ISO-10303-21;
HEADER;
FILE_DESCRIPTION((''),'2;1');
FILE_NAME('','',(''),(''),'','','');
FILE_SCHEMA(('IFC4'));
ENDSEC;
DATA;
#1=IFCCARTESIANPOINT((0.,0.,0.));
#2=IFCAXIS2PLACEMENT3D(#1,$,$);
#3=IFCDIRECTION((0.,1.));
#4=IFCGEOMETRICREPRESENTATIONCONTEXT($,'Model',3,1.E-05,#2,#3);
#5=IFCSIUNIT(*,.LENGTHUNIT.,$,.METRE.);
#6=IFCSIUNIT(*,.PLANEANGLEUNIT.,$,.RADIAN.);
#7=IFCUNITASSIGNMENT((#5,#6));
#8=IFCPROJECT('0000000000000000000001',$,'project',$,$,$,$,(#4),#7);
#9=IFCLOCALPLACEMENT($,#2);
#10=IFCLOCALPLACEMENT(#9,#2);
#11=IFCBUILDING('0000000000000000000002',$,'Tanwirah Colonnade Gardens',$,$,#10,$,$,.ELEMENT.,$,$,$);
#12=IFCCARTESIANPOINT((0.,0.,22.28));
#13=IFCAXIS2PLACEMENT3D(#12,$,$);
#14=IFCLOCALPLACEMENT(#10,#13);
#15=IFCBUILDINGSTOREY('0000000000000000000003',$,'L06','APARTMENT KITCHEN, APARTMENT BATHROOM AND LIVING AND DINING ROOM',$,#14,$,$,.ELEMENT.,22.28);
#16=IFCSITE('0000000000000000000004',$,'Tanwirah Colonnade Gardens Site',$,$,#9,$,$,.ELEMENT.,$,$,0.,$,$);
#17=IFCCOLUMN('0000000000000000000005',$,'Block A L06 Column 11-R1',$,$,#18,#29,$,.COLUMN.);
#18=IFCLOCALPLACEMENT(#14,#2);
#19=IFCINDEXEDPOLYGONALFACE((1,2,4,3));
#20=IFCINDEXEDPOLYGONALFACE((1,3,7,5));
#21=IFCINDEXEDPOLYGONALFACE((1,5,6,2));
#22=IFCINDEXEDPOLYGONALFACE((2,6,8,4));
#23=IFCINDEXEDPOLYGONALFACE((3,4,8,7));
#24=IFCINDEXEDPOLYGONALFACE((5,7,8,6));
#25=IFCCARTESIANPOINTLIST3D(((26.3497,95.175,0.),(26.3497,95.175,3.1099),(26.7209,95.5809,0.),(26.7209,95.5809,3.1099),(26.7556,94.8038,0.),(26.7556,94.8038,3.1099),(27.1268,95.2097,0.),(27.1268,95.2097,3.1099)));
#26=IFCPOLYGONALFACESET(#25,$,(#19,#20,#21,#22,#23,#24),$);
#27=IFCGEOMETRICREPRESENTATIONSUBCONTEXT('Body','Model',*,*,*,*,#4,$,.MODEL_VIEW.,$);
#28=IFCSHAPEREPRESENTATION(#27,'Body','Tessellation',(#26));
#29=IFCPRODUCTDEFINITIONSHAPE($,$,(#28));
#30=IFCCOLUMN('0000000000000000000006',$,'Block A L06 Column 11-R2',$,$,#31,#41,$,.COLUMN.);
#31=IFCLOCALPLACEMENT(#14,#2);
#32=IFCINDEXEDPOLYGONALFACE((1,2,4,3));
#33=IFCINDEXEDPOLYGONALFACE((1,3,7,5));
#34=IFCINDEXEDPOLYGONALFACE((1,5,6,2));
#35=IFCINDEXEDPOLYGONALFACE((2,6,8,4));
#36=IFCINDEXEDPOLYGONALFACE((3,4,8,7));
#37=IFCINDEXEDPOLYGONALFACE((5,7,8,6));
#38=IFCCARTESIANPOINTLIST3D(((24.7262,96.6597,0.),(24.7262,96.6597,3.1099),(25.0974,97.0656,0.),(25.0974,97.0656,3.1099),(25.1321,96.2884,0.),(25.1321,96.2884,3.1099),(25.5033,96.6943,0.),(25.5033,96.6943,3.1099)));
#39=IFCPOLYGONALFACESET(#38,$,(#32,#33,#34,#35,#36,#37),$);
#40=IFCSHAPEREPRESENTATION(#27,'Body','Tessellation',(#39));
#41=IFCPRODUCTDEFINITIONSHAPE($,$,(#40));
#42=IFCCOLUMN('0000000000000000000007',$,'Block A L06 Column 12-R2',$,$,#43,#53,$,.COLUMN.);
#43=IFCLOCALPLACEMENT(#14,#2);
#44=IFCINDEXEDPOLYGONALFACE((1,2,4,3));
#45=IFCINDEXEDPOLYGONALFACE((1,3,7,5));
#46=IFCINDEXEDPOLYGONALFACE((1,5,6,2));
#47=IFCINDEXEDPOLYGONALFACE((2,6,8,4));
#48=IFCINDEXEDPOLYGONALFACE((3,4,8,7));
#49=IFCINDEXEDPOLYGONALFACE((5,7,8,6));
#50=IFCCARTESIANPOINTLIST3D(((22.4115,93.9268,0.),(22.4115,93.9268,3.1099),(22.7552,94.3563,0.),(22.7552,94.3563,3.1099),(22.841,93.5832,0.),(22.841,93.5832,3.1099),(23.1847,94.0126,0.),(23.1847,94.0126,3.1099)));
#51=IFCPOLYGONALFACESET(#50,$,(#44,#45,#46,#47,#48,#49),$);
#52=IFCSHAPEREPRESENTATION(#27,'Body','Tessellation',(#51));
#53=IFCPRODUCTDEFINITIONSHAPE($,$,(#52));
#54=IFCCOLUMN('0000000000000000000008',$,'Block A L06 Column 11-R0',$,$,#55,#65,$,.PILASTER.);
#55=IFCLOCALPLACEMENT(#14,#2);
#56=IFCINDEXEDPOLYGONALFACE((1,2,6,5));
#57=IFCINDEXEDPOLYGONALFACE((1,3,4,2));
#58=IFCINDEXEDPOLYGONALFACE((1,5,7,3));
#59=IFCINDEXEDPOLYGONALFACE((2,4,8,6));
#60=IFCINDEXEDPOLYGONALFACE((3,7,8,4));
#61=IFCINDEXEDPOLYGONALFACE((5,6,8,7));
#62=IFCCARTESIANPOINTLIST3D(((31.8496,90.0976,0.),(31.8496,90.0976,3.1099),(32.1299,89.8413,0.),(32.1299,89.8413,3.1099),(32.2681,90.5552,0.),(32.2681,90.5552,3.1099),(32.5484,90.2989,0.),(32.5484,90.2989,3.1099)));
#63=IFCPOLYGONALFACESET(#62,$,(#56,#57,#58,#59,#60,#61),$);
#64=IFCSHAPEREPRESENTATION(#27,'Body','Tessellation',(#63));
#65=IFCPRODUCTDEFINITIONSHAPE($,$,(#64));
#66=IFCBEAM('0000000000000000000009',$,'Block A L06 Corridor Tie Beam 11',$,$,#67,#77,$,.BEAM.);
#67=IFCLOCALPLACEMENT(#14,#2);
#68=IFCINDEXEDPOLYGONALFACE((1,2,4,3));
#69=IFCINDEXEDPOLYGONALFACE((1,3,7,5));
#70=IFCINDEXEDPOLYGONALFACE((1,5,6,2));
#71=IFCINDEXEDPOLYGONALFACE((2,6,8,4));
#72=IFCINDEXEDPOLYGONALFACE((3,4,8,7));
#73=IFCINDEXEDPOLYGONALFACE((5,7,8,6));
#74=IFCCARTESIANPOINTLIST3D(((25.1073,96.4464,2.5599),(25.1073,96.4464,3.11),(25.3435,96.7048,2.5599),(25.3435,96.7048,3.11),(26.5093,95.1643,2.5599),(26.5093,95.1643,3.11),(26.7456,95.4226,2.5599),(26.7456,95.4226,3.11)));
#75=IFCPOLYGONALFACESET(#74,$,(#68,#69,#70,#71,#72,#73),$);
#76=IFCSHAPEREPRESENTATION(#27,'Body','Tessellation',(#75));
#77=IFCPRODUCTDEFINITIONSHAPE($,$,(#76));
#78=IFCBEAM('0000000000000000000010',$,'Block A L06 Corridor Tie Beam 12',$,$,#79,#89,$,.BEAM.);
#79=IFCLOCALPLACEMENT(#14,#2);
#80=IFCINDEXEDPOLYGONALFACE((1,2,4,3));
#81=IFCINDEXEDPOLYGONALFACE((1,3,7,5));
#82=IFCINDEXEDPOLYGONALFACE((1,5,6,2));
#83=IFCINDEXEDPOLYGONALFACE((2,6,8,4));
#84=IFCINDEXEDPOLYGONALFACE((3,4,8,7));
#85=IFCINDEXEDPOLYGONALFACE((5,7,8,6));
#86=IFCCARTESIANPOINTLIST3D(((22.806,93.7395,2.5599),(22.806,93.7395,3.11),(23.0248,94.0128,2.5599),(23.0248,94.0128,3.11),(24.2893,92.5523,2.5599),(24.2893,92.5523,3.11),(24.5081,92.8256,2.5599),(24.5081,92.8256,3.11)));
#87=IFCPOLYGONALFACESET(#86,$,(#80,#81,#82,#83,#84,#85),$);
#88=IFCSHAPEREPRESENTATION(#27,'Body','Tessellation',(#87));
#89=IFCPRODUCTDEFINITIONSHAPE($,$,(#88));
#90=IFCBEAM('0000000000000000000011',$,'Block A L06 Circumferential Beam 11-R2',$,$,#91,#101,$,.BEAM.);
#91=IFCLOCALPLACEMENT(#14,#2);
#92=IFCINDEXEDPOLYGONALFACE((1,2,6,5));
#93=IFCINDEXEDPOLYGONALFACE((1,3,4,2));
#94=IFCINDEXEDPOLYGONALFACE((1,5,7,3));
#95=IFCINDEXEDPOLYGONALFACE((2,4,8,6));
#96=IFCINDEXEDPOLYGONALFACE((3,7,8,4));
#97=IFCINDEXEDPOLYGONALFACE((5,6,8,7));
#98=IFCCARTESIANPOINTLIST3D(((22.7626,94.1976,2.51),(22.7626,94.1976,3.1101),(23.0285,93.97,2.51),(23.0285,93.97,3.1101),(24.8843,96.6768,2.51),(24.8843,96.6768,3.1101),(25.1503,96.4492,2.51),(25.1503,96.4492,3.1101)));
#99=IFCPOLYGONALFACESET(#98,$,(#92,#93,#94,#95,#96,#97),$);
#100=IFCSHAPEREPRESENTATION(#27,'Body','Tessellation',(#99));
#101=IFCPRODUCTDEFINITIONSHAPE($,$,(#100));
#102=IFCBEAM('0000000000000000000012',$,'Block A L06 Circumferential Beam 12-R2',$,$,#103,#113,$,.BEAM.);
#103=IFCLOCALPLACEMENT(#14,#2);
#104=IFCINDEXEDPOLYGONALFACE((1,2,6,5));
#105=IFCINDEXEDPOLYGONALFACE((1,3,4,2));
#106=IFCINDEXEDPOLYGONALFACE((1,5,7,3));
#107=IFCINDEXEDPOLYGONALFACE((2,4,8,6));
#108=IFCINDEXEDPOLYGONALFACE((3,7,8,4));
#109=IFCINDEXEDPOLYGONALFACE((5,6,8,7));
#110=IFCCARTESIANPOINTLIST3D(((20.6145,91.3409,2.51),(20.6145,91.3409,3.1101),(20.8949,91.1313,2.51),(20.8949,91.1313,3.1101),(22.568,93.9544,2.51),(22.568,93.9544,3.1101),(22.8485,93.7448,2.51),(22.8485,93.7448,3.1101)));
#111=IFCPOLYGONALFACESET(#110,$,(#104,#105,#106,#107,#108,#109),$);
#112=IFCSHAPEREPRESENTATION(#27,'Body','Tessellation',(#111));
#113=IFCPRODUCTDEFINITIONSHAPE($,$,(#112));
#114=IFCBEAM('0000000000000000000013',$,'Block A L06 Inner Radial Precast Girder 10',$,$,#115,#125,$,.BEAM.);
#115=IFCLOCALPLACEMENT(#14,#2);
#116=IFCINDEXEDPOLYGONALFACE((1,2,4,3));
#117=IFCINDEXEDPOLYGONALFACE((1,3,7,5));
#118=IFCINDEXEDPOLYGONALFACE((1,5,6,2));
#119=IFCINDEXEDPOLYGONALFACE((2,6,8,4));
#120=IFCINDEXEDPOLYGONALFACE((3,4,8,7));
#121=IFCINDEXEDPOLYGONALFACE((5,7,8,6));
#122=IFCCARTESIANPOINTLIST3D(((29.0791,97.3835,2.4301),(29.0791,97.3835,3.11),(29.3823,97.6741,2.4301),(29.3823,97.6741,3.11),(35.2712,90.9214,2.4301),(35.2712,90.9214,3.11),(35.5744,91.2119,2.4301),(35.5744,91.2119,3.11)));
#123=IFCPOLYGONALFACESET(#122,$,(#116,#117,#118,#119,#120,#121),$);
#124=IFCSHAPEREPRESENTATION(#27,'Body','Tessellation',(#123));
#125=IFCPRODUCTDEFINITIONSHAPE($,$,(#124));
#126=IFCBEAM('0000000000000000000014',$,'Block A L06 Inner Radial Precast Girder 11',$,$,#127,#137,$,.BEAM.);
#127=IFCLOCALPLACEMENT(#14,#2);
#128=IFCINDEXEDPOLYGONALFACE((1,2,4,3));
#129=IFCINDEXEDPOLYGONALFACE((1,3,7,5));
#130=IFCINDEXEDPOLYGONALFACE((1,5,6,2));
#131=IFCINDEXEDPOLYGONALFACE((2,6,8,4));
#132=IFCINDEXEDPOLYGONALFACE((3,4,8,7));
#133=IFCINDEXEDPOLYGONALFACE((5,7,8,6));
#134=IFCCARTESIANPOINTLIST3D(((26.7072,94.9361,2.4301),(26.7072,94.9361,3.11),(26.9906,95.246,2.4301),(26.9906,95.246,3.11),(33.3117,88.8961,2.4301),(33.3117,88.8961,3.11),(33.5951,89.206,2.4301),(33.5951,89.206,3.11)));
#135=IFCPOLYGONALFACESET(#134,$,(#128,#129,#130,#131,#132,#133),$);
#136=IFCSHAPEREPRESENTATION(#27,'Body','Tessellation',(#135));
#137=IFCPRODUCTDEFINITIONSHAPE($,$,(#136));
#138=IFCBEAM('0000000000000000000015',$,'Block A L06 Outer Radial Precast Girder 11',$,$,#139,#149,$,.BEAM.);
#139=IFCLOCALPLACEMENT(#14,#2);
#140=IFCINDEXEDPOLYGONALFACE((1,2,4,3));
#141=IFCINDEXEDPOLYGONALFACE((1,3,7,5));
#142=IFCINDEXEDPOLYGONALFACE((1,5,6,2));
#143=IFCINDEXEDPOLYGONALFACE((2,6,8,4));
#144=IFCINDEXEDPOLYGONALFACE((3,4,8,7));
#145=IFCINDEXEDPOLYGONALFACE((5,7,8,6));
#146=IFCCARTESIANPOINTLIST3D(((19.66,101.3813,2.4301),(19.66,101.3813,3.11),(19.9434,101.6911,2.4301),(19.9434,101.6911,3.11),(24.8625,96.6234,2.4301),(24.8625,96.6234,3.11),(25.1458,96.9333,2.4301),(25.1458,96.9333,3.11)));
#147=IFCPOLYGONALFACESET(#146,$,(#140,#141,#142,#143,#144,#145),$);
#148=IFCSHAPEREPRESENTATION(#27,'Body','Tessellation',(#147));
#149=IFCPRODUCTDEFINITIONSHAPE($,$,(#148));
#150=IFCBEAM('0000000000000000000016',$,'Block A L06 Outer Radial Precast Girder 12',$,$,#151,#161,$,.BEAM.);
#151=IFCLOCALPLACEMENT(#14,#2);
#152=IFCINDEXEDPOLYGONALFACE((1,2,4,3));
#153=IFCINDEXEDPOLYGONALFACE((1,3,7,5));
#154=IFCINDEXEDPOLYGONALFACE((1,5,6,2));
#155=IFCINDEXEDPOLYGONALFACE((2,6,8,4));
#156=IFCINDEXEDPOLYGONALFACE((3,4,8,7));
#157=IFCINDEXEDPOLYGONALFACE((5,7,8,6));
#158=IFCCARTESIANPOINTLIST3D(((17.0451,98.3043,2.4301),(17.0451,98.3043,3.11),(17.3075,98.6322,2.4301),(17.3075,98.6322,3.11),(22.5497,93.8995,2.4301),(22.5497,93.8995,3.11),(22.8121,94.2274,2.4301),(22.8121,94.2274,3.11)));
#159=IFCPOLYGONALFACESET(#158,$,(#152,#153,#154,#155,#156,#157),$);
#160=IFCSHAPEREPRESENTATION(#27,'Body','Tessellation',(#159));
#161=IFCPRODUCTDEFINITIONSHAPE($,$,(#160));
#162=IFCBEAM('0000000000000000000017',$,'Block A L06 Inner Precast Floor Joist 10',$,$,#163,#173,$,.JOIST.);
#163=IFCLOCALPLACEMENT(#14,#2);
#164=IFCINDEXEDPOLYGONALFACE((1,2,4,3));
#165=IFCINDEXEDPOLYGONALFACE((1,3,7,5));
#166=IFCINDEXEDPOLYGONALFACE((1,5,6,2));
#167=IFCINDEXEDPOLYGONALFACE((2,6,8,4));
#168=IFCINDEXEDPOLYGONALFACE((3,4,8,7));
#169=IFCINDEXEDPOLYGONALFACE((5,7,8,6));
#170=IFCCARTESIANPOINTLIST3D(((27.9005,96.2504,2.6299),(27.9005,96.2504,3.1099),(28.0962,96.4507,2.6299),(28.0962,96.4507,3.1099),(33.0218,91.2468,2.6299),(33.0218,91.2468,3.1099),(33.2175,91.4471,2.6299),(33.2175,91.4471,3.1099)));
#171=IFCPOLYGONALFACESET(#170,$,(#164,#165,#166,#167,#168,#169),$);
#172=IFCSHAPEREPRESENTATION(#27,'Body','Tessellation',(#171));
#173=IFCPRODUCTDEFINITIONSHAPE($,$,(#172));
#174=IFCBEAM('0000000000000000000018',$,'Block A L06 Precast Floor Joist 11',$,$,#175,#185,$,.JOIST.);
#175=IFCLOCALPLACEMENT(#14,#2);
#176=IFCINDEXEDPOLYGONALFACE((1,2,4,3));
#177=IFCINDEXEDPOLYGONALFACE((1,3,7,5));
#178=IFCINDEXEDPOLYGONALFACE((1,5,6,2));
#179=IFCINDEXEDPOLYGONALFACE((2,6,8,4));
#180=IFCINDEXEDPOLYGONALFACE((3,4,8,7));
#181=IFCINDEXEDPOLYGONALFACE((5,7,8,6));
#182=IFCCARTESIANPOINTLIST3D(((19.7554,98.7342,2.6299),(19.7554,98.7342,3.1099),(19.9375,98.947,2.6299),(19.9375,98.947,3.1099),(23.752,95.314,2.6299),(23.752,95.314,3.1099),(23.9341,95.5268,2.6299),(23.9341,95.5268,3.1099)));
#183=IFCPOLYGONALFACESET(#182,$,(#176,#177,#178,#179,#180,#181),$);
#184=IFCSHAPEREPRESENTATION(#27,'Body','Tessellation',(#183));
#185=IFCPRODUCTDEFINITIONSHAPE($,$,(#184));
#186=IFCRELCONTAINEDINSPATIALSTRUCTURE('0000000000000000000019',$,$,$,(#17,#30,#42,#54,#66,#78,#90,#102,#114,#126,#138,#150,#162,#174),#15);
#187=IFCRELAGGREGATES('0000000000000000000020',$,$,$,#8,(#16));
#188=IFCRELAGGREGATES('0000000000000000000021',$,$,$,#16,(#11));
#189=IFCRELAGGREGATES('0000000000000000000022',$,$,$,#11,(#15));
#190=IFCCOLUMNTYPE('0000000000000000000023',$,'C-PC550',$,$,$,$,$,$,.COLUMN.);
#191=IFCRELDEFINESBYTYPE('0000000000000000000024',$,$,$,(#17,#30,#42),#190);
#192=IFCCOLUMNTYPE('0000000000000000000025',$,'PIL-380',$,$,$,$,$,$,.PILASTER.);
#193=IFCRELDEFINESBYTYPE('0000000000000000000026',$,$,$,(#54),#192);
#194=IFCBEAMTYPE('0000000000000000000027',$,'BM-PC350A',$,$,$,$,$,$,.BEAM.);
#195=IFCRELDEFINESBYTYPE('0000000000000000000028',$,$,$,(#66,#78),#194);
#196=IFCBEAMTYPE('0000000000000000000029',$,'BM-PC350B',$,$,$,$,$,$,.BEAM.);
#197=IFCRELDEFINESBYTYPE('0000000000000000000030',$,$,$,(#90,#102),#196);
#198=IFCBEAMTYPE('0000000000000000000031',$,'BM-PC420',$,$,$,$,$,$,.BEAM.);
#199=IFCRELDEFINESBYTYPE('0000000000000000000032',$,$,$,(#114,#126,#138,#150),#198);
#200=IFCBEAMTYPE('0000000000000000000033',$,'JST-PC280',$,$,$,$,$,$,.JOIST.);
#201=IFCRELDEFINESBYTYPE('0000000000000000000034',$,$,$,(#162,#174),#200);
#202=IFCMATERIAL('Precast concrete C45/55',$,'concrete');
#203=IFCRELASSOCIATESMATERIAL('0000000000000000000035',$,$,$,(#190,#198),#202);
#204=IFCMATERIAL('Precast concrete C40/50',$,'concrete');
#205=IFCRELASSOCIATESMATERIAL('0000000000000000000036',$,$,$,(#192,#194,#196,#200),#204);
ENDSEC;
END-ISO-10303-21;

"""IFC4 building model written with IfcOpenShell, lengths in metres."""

from ifc_helpers import new_model, si_unit, direction, frame, origin, origin_2d, place, context, subcontext, project, spatial, rectangle, extrude, material, material_profile, profile_set, type_object, element, save


model = new_model("IFC4")

# Units and contexts
model_context = context("Model", 3, precision=1e-05, world=origin(), true_north=direction((0.0, 1.0)))
body_context = subcontext(model_context, "Body", "Model", "MODEL_VIEW")
ifc_project = project(units=[si_unit("LENGTHUNIT", "METRE"), si_unit("PLANEANGLEUNIT", "RADIAN")], contexts=[model_context])

# Site, building, storey
site_placement = place(None, origin())
site = spatial("IfcSite", under=ifc_project, at=site_placement, Name="Tanwirah Colonnade Gardens Site", CompositionType="ELEMENT", RefElevation=0.0)
building_placement = place(site_placement, origin())
building = spatial("IfcBuilding", under=site, at=building_placement, Name="Tanwirah Colonnade Gardens", CompositionType="ELEMENT")
storey_placement = place(building_placement, frame((0.0, 0.0, 22.28)))
storey = spatial("IfcBuildingStorey", under=building, at=storey_placement, Name="L06", Description="APARTMENT KITCHEN, APARTMENT BATHROOM AND LIVING AND DINING ROOM", CompositionType="ELEMENT", Elevation=22.28)

# Columns
ifc_material_1 = material(Name="Precast concrete C45/55", Category="concrete")
ifc_material_profile_1 = material_profile(ifc_material_1, rectangle(XDim=0.55, YDim=0.55, at=origin_2d()), Name="PC-COL 550x550")
ifc_profile_set_1 = profile_set([ifc_material_profile_1], Name="Precast concrete C45/55")
column_type_1 = type_object("IfcColumnType", Name="C-PC550", PredefinedType="COLUMN", material=ifc_profile_set_1)
for number, where, z_axis, x_axis, name in (
    (1, (26.7383, 95.1924, 0.0), (0.0, 0.0, 1.0), (-0.737932, 0.674875, 0.0), "Block A L06 Column 11-R1"),
    (2, (25.1147, 96.677, 0.0), (0.0, 0.0, 1.0), (-0.737932, 0.674875, 0.0), "Block A L06 Column 11-R2"),
    (3, (22.7981, 93.9697, 0.0), (0.0, 0.0, 1.0), (-0.780794, 0.624788, 0.0), "Block A L06 Column 12-R2"),
):
    element("IfcColumn", number, at=place(storey_placement, frame(where, z_axis=z_axis, x_axis=x_axis)), inside=storey, type_object=column_type_1, Name=name, PredefinedType="COLUMN", context=body_context, shape_type="SweptSolid", body=[
        extrude(rectangle(XDim=0.55, YDim=0.55, at=origin_2d()), origin(), (0.0, 0.0, 1.0), 3.1099),
    ])
ifc_material_2 = material(Name="Precast concrete C40/50", Category="concrete")
ifc_material_profile_2 = material_profile(ifc_material_2, rectangle(XDim=0.3799, YDim=0.6201, at=origin_2d()), Name="PC-PIL 380x620")
ifc_profile_set_2 = profile_set([ifc_material_profile_2], Name="Precast concrete C40/50")
column_type_2 = type_object("IfcColumnType", Name="PIL-380", PredefinedType="PILASTER", material=ifc_profile_set_2)
column_placement = place(storey_placement, frame((32.199, 90.1982, 0.0), z_axis=(0.0, 0.0, 1.0), x_axis=(-0.737932, 0.674875, 0.0)))
element("IfcColumn", 4, at=column_placement, inside=storey, type_object=column_type_2, Name="Block A L06 Column 11-R0", PredefinedType="PILASTER", context=body_context, shape_type="SweptSolid", body=[
    extrude(rectangle(XDim=0.3799, YDim=0.6201, at=origin_2d()), origin(), (0.0, 0.0, 1.0), 3.1099),
])

# Beams
ifc_material_profile_3 = material_profile(ifc_material_2, rectangle(XDim=0.3501, YDim=0.55, at=origin_2d()), Name="PC-BM 350x550")
ifc_profile_set_3 = profile_set([ifc_material_profile_3], Name="Precast concrete C40/50")
beam_type_1 = type_object("IfcBeamType", Name="BM-PC350A", PredefinedType="BEAM", material=ifc_profile_set_3)
for number, where, z_axis, x_axis, name in (
    (5, (26.6274, 95.2935, 2.835), (-0.737948, 0.674857, 0.0), (-0.674857, -0.737948, 0.0), "Block A L06 Corridor Tie Beam 11"),
    (6, (24.3987, 92.689, 2.835), (-0.780731, 0.624867, 0.0), (-0.624867, -0.780731, 0.0), "Block A L06 Corridor Tie Beam 12"),
):
    element("IfcBeam", number, at=place(storey_placement, frame(where, z_axis=z_axis, x_axis=x_axis)), inside=storey, type_object=beam_type_1, Name=name, PredefinedType="BEAM", context=body_context, shape_type="SweptSolid", body=[
        extrude(rectangle(XDim=0.3501, YDim=0.55, at=origin_2d()), origin(), (0.0, 0.0, 1.0), 1.8999),
    ])
ifc_material_profile_4 = material_profile(ifc_material_2, rectangle(XDim=0.3501, YDim=0.6001, at=origin_2d()), Name="PC-BM 350x600")
ifc_profile_set_4 = profile_set([ifc_material_profile_4], Name="Precast concrete C40/50")
beam_type_2 = type_object("IfcBeamType", Name="BM-PC350B", PredefinedType="BEAM", material=ifc_profile_set_4)
beam_1_placement = place(storey_placement, frame((25.0173, 96.563, 2.8101), z_axis=(-0.650218, -0.759748, 0.0), x_axis=(0.759748, -0.650218, 0.0)))
element("IfcBeam", 7, at=beam_1_placement, inside=storey, type_object=beam_type_2, Name="Block A L06 Circumferential Beam 11-R2", PredefinedType="BEAM", context=body_context, shape_type="SweptSolid", body=[
    extrude(rectangle(XDim=0.3501, YDim=0.6001, at=origin_2d()), origin(), (0.0, 0.0, 1.0), 3.2632),
])
beam_2_placement = place(storey_placement, frame((22.7083, 93.8496, 2.8101), z_axis=(-0.598718, -0.80096, 0.0), x_axis=(0.80096, -0.598718, 0.0)))
element("IfcBeam", 8, at=beam_2_placement, inside=storey, type_object=beam_type_2, Name="Block A L06 Circumferential Beam 12-R2", PredefinedType="BEAM", context=body_context, shape_type="SweptSolid", body=[
    extrude(rectangle(XDim=0.3501, YDim=0.6001, at=origin_2d()), origin(), (0.0, 0.0, 1.0), 3.2629),
])
ifc_material_profile_5 = material_profile(ifc_material_1, rectangle(XDim=0.4199, YDim=0.6799, at=origin_2d()), Name="PC-BM 420x680")
ifc_profile_set_5 = profile_set([ifc_material_profile_5], Name="Precast concrete C45/55")
beam_type_3 = type_object("IfcBeamType", Name="BM-PC420", PredefinedType="BEAM", material=ifc_profile_set_5)
for number, where, z_axis, x_axis, name in (
    (9, (29.2307, 97.5288, 2.77), (0.691861, -0.722031, 0.0), (0.722031, 0.691861, 0.0), "Block A L06 Inner Radial Precast Girder 10"),
    (10, (26.8489, 95.0911, 2.77), (0.737937, -0.674869, 0.0), (0.674869, 0.737937, 0.0), "Block A L06 Inner Radial Precast Girder 11"),
):
    element("IfcBeam", number, at=place(storey_placement, frame(where, z_axis=z_axis, x_axis=x_axis)), inside=storey, type_object=beam_type_3, Name=name, PredefinedType="BEAM", context=body_context, shape_type="SweptSolid", body=[
        extrude(rectangle(XDim=0.4199, YDim=0.6799, at=origin_2d()), origin(), (0.0, 0.0, 1.0), 8.95),
    ])
for number, where, z_axis, x_axis, name in (
    (11, (25.0042, 96.7783, 2.77), (-0.737934, 0.674873, 0.0), (-0.674873, -0.737934, 0.0), "Block A L06 Outer Radial Precast Girder 11"),
    (12, (22.6809, 94.0635, 2.77), (-0.780794, 0.624788, 0.0), (-0.624788, -0.780794, 0.0), "Block A L06 Outer Radial Precast Girder 12"),
):
    element("IfcBeam", number, at=place(storey_placement, frame(where, z_axis=z_axis, x_axis=x_axis)), inside=storey, type_object=beam_type_3, Name=name, PredefinedType="BEAM", context=body_context, shape_type="SweptSolid", body=[
        extrude(rectangle(XDim=0.4199, YDim=0.6799, at=origin_2d()), origin(), (0.0, 0.0, 1.0), 7.05),
    ])
ifc_material_profile_6 = material_profile(ifc_material_2, rectangle(XDim=0.28, YDim=0.48, at=origin_2d()), Name="PC-JST 280x480")
ifc_profile_set_6 = profile_set([ifc_material_profile_6], Name="Precast concrete C40/50")
beam_type_4 = type_object("IfcBeamType", Name="JST-PC280", PredefinedType="JOIST", material=ifc_profile_set_6)
beam_3_placement = place(storey_placement, frame((33.1196, 91.3469, 2.8699), z_axis=(-0.715277, 0.698841, 0.0), x_axis=(-0.698841, -0.715277, 0.0)))
element("IfcBeam", 13, at=beam_3_placement, inside=storey, type_object=beam_type_4, Name="Block A L06 Inner Precast Floor Joist 10", PredefinedType="JOIST", context=body_context, shape_type="SweptSolid", body=[
    extrude(rectangle(XDim=0.28, YDim=0.48, at=origin_2d()), origin(), (0.0, 0.0, 1.0), 7.1599),
])
beam_4_placement = place(storey_placement, frame((23.843, 95.4204, 2.8699), z_axis=(-0.759771, 0.650191, 0.0), x_axis=(-0.650191, -0.759771, 0.0)))
element("IfcBeam", 14, at=beam_4_placement, inside=storey, type_object=beam_type_4, Name="Block A L06 Precast Floor Joist 11", PredefinedType="JOIST", context=body_context, shape_type="SweptSolid", body=[
    extrude(rectangle(XDim=0.28, YDim=0.48, at=origin_2d()), origin(), (0.0, 0.0, 1.0), 5.2603),
])

save(model, "model.ifc")
